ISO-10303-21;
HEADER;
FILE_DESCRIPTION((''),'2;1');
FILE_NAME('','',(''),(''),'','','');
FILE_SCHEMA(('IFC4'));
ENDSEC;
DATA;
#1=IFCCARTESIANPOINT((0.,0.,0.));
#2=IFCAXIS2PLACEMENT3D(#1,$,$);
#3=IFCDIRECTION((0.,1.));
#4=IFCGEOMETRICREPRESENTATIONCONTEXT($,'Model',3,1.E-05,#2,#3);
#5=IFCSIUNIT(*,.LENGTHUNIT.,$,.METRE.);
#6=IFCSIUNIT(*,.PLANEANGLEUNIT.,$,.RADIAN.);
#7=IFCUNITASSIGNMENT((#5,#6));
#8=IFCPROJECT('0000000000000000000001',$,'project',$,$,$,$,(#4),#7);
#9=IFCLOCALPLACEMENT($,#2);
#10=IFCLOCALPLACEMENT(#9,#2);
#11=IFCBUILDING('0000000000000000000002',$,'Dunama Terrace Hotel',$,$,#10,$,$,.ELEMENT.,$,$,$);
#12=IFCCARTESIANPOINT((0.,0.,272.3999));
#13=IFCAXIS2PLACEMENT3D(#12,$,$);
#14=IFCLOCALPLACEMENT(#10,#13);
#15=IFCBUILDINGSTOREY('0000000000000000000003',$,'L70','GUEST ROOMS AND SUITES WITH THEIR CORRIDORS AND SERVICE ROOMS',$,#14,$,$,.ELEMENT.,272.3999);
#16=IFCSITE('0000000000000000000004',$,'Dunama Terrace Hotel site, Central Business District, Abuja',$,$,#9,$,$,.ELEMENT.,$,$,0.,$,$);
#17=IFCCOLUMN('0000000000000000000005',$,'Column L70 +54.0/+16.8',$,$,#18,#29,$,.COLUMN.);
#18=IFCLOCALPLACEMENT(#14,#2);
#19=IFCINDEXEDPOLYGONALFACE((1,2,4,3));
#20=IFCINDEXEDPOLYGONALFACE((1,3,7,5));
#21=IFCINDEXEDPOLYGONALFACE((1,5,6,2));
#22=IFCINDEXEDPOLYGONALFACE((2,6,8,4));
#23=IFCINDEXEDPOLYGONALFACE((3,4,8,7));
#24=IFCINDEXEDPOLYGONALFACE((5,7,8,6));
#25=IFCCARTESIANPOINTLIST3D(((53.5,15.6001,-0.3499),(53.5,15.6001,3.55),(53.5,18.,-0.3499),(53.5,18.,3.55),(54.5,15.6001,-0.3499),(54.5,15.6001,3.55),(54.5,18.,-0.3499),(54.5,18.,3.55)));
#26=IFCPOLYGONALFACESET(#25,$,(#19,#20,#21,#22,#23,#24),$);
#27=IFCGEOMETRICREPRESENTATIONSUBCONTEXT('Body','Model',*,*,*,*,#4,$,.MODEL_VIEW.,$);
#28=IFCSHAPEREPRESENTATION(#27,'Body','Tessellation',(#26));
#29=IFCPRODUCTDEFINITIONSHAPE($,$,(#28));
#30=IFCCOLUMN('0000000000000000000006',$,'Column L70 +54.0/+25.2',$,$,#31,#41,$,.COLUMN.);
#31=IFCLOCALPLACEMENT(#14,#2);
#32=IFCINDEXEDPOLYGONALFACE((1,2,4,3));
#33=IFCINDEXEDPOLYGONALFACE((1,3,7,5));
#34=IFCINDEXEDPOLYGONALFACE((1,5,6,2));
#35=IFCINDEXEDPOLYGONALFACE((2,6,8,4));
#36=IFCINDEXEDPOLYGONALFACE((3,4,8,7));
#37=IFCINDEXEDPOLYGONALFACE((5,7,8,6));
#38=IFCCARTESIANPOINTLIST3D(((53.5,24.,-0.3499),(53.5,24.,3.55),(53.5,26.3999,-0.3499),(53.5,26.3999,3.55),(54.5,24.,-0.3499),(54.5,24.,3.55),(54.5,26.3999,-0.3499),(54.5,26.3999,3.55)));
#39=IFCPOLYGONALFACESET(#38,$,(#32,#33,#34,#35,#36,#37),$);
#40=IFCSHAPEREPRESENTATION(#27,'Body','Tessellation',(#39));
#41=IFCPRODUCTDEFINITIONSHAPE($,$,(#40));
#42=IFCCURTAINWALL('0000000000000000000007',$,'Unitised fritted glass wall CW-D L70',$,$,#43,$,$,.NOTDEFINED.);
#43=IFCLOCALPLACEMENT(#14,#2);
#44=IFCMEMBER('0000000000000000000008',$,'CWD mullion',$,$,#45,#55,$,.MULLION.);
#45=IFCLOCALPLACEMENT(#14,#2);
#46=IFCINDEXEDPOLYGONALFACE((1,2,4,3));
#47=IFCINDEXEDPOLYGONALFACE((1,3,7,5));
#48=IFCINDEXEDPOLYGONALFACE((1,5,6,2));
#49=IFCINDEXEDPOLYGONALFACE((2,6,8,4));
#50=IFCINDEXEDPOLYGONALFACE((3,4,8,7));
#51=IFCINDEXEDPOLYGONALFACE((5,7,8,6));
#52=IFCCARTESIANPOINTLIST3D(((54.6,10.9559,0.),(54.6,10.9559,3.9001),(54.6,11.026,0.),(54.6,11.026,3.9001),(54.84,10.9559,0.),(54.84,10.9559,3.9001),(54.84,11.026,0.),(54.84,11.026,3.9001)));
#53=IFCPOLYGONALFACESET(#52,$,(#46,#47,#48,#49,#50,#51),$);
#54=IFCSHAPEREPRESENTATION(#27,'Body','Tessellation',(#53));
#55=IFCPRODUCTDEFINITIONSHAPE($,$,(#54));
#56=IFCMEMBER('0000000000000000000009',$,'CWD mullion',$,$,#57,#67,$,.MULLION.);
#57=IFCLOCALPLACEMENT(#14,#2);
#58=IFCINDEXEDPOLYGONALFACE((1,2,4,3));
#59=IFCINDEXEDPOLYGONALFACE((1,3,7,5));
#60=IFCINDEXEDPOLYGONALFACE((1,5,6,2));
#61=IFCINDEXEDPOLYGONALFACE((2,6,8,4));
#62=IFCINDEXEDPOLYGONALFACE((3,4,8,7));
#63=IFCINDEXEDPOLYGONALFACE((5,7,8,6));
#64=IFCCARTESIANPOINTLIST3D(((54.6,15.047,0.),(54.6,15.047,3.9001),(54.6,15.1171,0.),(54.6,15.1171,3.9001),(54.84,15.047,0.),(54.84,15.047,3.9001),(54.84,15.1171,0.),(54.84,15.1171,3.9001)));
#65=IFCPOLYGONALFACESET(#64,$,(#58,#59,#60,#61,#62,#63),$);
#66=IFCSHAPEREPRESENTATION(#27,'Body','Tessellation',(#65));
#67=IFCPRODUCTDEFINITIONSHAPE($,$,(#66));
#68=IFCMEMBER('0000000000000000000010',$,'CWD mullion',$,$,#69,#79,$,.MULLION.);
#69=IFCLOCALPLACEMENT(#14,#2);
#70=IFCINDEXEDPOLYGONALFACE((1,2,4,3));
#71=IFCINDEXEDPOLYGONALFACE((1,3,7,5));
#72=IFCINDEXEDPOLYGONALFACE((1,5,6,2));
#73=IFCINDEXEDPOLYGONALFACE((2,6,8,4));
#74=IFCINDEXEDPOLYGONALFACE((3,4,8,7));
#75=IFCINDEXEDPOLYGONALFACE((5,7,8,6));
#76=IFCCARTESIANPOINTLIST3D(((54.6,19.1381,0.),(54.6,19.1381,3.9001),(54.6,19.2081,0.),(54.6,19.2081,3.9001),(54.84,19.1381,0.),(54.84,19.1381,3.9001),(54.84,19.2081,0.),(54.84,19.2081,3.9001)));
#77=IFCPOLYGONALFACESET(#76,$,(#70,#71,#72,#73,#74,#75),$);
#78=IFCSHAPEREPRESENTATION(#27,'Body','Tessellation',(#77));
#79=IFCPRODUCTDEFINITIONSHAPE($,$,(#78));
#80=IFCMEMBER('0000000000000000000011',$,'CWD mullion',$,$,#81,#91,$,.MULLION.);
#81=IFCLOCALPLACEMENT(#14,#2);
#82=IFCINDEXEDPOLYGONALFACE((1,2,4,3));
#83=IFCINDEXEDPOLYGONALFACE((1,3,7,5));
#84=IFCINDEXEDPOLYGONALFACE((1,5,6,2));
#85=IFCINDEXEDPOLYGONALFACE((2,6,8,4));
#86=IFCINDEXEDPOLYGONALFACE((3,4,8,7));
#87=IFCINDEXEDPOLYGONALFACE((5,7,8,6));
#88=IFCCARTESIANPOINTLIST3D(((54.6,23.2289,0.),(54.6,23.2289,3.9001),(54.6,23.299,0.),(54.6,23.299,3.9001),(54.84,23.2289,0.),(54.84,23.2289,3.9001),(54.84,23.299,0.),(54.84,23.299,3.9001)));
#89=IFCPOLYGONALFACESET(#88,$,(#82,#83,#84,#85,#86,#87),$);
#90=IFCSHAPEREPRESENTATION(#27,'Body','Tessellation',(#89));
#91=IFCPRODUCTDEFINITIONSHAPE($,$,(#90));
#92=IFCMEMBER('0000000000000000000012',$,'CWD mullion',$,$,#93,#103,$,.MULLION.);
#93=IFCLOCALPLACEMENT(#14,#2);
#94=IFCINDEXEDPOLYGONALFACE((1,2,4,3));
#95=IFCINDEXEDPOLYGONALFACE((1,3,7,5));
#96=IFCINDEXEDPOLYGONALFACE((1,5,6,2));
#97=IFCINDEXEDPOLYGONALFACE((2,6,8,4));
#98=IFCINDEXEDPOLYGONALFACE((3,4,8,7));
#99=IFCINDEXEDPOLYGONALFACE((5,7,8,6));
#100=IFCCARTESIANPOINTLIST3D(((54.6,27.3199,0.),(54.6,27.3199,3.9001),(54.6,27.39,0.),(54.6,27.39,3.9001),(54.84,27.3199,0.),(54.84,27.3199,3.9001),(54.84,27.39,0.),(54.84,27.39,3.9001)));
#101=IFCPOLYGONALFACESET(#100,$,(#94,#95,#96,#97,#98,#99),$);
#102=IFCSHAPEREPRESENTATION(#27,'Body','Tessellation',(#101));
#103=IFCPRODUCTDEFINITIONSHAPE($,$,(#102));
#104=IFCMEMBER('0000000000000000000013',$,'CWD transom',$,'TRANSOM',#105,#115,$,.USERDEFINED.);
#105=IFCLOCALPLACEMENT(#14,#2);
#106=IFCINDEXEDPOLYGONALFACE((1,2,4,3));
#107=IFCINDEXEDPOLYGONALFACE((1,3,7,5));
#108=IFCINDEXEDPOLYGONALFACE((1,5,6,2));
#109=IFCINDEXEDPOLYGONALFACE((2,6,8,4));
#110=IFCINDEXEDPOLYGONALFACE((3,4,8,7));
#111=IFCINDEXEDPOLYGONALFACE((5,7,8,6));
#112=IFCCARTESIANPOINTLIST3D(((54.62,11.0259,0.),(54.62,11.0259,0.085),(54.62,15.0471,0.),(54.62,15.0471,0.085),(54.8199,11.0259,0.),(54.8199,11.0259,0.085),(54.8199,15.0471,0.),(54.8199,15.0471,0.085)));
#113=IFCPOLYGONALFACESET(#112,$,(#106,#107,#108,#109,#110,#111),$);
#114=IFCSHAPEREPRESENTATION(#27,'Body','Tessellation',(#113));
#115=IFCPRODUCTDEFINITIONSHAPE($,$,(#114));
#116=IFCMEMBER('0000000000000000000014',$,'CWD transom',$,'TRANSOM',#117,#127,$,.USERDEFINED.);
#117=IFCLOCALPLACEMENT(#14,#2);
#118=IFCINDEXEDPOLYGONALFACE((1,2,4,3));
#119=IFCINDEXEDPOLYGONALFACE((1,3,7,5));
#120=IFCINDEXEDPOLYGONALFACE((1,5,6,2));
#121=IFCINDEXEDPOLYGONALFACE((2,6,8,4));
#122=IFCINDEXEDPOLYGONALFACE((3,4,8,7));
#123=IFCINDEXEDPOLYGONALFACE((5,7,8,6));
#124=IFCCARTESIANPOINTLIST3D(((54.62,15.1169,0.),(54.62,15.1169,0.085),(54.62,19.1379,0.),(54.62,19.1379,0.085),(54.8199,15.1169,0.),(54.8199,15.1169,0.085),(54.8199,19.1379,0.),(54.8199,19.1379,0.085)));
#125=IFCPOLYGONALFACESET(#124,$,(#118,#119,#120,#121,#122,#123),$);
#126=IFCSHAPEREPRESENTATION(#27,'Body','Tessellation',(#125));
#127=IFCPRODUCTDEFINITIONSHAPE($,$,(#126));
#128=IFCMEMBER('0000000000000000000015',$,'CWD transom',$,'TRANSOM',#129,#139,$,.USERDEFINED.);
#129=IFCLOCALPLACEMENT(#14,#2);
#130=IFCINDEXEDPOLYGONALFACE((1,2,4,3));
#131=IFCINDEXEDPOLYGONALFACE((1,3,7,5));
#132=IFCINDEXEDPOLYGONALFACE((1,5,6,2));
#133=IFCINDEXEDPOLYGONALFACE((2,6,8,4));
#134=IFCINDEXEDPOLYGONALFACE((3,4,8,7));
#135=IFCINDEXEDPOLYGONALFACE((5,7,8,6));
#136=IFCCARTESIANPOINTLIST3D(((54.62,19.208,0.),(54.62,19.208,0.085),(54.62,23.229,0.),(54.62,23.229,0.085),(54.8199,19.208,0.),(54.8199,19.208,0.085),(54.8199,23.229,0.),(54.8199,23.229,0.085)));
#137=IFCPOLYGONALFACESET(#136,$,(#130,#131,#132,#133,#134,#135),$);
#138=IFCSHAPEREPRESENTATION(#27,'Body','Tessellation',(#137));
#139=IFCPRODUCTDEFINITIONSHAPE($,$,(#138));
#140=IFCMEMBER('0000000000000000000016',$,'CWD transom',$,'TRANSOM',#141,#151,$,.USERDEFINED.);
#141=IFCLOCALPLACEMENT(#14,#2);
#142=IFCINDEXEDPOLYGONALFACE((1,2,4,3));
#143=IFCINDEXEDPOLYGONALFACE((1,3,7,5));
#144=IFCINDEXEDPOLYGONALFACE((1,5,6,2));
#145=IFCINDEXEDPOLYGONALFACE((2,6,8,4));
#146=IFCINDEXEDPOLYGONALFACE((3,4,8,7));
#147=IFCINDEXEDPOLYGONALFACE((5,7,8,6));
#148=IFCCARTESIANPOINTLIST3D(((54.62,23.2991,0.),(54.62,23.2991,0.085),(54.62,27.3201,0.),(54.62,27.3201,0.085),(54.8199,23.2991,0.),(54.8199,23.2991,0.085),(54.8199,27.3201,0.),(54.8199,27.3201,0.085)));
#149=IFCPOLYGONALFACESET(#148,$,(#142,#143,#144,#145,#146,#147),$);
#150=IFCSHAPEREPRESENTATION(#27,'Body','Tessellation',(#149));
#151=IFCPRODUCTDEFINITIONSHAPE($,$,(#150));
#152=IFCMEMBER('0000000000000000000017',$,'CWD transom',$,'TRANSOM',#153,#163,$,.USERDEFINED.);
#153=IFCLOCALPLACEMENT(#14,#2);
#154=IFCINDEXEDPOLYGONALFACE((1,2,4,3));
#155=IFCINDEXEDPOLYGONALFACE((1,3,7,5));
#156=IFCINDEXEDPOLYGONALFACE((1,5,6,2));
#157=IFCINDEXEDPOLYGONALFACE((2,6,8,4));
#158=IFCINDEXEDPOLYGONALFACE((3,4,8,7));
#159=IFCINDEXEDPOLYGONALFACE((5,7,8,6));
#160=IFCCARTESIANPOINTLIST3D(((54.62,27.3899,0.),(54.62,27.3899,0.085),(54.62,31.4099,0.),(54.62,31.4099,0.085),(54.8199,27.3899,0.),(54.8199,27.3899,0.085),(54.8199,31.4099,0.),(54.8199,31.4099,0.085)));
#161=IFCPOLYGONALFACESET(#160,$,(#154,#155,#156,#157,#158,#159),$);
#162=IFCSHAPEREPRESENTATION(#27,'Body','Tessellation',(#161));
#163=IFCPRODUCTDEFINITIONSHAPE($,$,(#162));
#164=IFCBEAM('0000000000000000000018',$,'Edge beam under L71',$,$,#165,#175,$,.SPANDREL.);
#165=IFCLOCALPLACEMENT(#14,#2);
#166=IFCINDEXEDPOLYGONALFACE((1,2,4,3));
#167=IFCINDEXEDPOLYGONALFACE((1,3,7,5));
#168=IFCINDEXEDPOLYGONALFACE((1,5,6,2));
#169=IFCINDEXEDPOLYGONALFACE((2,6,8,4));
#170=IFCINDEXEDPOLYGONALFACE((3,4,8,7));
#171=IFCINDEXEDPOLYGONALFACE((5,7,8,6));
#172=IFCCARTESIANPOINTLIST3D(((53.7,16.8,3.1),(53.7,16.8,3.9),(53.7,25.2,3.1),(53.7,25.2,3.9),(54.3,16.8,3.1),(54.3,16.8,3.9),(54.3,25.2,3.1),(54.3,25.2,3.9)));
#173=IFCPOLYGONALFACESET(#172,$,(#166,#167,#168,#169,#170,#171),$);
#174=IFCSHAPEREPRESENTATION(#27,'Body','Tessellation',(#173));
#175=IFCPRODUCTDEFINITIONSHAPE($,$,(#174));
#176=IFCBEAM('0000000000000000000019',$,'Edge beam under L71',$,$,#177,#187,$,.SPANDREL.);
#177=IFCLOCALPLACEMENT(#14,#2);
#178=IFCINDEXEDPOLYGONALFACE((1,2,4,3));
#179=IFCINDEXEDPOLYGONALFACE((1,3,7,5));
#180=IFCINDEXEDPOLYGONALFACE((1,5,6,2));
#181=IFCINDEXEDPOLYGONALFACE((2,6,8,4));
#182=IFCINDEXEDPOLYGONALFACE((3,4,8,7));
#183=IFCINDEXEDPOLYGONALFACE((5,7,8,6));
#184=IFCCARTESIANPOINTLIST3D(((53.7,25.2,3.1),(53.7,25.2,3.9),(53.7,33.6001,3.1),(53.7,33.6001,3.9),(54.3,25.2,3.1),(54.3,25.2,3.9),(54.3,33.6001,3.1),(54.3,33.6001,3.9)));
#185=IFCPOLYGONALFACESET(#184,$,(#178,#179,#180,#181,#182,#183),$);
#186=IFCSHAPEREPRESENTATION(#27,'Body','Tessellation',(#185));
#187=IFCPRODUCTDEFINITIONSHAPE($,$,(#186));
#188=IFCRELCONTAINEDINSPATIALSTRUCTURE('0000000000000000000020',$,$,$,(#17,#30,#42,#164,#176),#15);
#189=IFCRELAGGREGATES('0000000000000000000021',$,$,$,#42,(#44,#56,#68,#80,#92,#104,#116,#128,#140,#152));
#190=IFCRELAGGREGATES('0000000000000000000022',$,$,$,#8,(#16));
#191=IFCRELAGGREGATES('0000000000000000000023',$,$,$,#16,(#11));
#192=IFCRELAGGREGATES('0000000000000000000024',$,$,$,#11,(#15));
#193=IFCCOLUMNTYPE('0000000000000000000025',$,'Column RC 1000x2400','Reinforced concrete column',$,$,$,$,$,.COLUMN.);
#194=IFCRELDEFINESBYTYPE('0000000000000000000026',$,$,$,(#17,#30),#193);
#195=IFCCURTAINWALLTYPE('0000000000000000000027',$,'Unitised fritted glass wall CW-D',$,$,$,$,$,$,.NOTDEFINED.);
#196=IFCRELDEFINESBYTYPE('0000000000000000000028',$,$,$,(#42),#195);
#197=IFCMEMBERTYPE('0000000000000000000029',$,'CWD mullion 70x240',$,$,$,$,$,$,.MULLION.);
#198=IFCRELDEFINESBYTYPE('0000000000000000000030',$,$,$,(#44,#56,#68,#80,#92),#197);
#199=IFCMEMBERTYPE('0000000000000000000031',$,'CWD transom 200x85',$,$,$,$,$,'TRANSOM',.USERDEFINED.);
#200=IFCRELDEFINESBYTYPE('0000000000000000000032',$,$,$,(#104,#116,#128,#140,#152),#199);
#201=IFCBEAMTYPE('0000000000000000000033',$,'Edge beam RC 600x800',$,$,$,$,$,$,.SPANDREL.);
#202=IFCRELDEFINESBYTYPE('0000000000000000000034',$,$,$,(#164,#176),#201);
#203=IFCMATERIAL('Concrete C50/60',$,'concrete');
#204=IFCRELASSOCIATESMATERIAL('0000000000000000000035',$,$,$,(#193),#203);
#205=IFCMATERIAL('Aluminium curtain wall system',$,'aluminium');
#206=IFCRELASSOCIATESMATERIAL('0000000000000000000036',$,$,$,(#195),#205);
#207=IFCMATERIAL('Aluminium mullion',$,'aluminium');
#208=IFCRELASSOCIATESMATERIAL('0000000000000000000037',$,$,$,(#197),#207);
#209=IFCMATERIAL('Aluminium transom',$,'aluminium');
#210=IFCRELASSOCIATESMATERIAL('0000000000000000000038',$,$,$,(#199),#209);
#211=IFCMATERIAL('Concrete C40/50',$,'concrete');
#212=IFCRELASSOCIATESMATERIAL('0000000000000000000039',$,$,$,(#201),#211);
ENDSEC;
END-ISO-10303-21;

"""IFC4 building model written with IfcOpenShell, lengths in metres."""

from ifc_helpers import new_model, si_unit, direction, frame, origin, origin_2d, place, context, subcontext, project, spatial, rectangle, extrude, material, material_profile, profile_set, type_object, element, aggregate, save


model = new_model("IFC4")

# Units and contexts
model_context = context("Model", 3, precision=1e-05, world=origin(), true_north=direction((0.0, 1.0)))
body_context = subcontext(model_context, "Body", "Model", "MODEL_VIEW")
ifc_project = project(units=[si_unit("LENGTHUNIT", "METRE"), si_unit("PLANEANGLEUNIT", "RADIAN")], contexts=[model_context])

# Site, building, storey
site_placement = place(None, origin())
site = spatial("IfcSite", under=ifc_project, at=site_placement, Name="Dunama Terrace Hotel site, Central Business District, Abuja", CompositionType="ELEMENT", RefElevation=0.0)
building_placement = place(site_placement, origin())
building = spatial("IfcBuilding", under=site, at=building_placement, Name="Dunama Terrace Hotel", CompositionType="ELEMENT")
storey_placement = place(building_placement, frame((0.0, 0.0, 272.3999)))
storey = spatial("IfcBuildingStorey", under=building, at=storey_placement, Name="L70", Description="GUEST ROOMS AND SUITES WITH THEIR CORRIDORS AND SERVICE ROOMS", CompositionType="ELEMENT", Elevation=272.3999)

# Columns
ifc_material_1 = material(Name="Concrete C50/60", Category="concrete")
ifc_material_profile_1 = material_profile(ifc_material_1, rectangle(XDim=1.0, YDim=2.3999, at=origin_2d()), Name="RC 1000x2400")
ifc_profile_set_1 = profile_set([ifc_material_profile_1], Name="Concrete C50/60")
column_type = type_object("IfcColumnType", Name="Column RC 1000x2400", Description="Reinforced concrete column", PredefinedType="COLUMN", material=ifc_profile_set_1)
for number, where, z_axis, x_axis, name in (
    (1, (54.0, 16.8, -0.3499), (0.0, 0.0, 1.0), (1.0, 0.0, 0.0), "Column L70 +54.0/+16.8"),
    (2, (54.0, 25.2, -0.3499), (0.0, 0.0, 1.0), (1.0, 0.0, 0.0), "Column L70 +54.0/+25.2"),
):
    element("IfcColumn", number, at=place(storey_placement, frame(where, z_axis=z_axis, x_axis=x_axis)), inside=storey, type_object=column_type, Name=name, PredefinedType="COLUMN", context=body_context, shape_type="SweptSolid", body=[
        extrude(rectangle(XDim=1.0, YDim=2.3999, at=origin_2d()), origin(), (0.0, 0.0, 1.0), 3.8999),
    ])

# Curtain wall, members
ifc_material_2 = material(Name="Aluminium curtain wall system", Category="aluminium")
curtain_wall_type = type_object("IfcCurtainWallType", Name="Unitised fritted glass wall CW-D", PredefinedType="NOTDEFINED", material=ifc_material_2)
curtain_wall_placement = place(storey_placement, origin())
curtain_wall = element("IfcCurtainWall", 3, at=curtain_wall_placement, inside=storey, type_object=curtain_wall_type, Name="Unitised fritted glass wall CW-D L70", PredefinedType="NOTDEFINED")
ifc_material_3 = material(Name="Aluminium mullion", Category="aluminium")
ifc_material_profile_2 = material_profile(ifc_material_3, rectangle(XDim=0.0701, YDim=0.24, at=origin_2d()), Name="CWD MULLION 70X240")
ifc_profile_set_2 = profile_set([ifc_material_profile_2], Name="Aluminium mullion")
member_type_1 = type_object("IfcMemberType", Name="CWD mullion 70x240", PredefinedType="MULLION", material=ifc_profile_set_2)
member_1_placement = place(storey_placement, frame((54.72, 10.991, 0.0), z_axis=(0.0, 0.0, 1.0), x_axis=(0.0, 1.0, 0.0)))
member_1 = element("IfcMember", 4, at=member_1_placement, type_object=member_type_1, Name="CWD mullion", PredefinedType="MULLION", context=body_context, shape_type="SweptSolid", body=[
    extrude(rectangle(XDim=0.0701, YDim=0.24, at=origin_2d()), origin(), (0.0, 0.0, 1.0), 3.9001),
])
member_2_placement = place(storey_placement, frame((54.72, 15.082, 0.0), z_axis=(0.0, 0.0, 1.0), x_axis=(0.0, 1.0, 0.0)))
member_2 = element("IfcMember", 5, at=member_2_placement, type_object=member_type_1, Name="CWD mullion", PredefinedType="MULLION", context=body_context, shape_type="SweptSolid", body=[
    extrude(rectangle(XDim=0.0701, YDim=0.24, at=origin_2d()), origin(), (0.0, 0.0, 1.0), 3.9001),
])
member_3_placement = place(storey_placement, frame((54.72, 19.1731, 0.0), z_axis=(0.0, 0.0, 1.0), x_axis=(0.0, 1.0, 0.0)))
member_3 = element("IfcMember", 6, at=member_3_placement, type_object=member_type_1, Name="CWD mullion", PredefinedType="MULLION", context=body_context, shape_type="SweptSolid", body=[
    extrude(rectangle(XDim=0.0701, YDim=0.24, at=origin_2d()), origin(), (0.0, 0.0, 1.0), 3.9001),
])
member_4_placement = place(storey_placement, frame((54.72, 23.2639, 0.0), z_axis=(0.0, 0.0, 1.0), x_axis=(0.0, 1.0, 0.0)))
member_4 = element("IfcMember", 7, at=member_4_placement, type_object=member_type_1, Name="CWD mullion", PredefinedType="MULLION", context=body_context, shape_type="SweptSolid", body=[
    extrude(rectangle(XDim=0.0701, YDim=0.24, at=origin_2d()), origin(), (0.0, 0.0, 1.0), 3.9001),
])
member_5_placement = place(storey_placement, frame((54.72, 27.355, 0.0), z_axis=(0.0, 0.0, 1.0), x_axis=(0.0, 1.0, 0.0)))
member_5 = element("IfcMember", 8, at=member_5_placement, type_object=member_type_1, Name="CWD mullion", PredefinedType="MULLION", context=body_context, shape_type="SweptSolid", body=[
    extrude(rectangle(XDim=0.0701, YDim=0.24, at=origin_2d()), origin(), (0.0, 0.0, 1.0), 3.9001),
])
ifc_material_4 = material(Name="Aluminium transom", Category="aluminium")
ifc_material_profile_3 = material_profile(ifc_material_4, rectangle(XDim=0.2, YDim=0.085, at=origin_2d()), Name="CWD TRANSOM 200X85")
ifc_profile_set_3 = profile_set([ifc_material_profile_3], Name="Aluminium transom")
member_type_2 = type_object("IfcMemberType", Name="CWD transom 200x85", ElementType="TRANSOM", PredefinedType="USERDEFINED", material=ifc_profile_set_3)
member_6_placement = place(storey_placement, frame((54.72, 11.0259, 0.0425), z_axis=(0.0, 1.0, 0.0), x_axis=(-1.0, 0.0, 0.0)))
member_6 = element("IfcMember", 9, at=member_6_placement, type_object=member_type_2, Name="CWD transom", ObjectType="TRANSOM", PredefinedType="USERDEFINED", context=body_context, shape_type="SweptSolid", body=[
    extrude(rectangle(XDim=0.2, YDim=0.085, at=origin_2d()), origin(), (0.0, 0.0, 1.0), 4.0212),
])
member_7_placement = place(storey_placement, frame((54.72, 15.1169, 0.0425), z_axis=(0.0, 1.0, 0.0), x_axis=(-1.0, 0.0, 0.0)))
member_7 = element("IfcMember", 10, at=member_7_placement, type_object=member_type_2, Name="CWD transom", ObjectType="TRANSOM", PredefinedType="USERDEFINED", context=body_context, shape_type="SweptSolid", body=[
    extrude(rectangle(XDim=0.2, YDim=0.085, at=origin_2d()), origin(), (0.0, 0.0, 1.0), 4.021),
])
member_8_placement = place(storey_placement, frame((54.72, 19.208, 0.0425), z_axis=(0.0, 1.0, 0.0), x_axis=(-1.0, 0.0, 0.0)))
member_8 = element("IfcMember", 11, at=member_8_placement, type_object=member_type_2, Name="CWD transom", ObjectType="TRANSOM", PredefinedType="USERDEFINED", context=body_context, shape_type="SweptSolid", body=[
    extrude(rectangle(XDim=0.2, YDim=0.085, at=origin_2d()), origin(), (0.0, 0.0, 1.0), 4.021),
])
member_9_placement = place(storey_placement, frame((54.72, 23.2991, 0.0425), z_axis=(0.0, 1.0, 0.0), x_axis=(-1.0, 0.0, 0.0)))
member_9 = element("IfcMember", 12, at=member_9_placement, type_object=member_type_2, Name="CWD transom", ObjectType="TRANSOM", PredefinedType="USERDEFINED", context=body_context, shape_type="SweptSolid", body=[
    extrude(rectangle(XDim=0.2, YDim=0.085, at=origin_2d()), origin(), (0.0, 0.0, 1.0), 4.021),
])
member_10_placement = place(storey_placement, frame((54.72, 27.3899, 0.0425), z_axis=(0.0, 1.0, 0.0), x_axis=(-1.0, 0.0, 0.0)))
member_10 = element("IfcMember", 13, at=member_10_placement, type_object=member_type_2, Name="CWD transom", ObjectType="TRANSOM", PredefinedType="USERDEFINED", context=body_context, shape_type="SweptSolid", body=[
    extrude(rectangle(XDim=0.2, YDim=0.085, at=origin_2d()), origin(), (0.0, 0.0, 1.0), 4.02),
])

# Beams
ifc_material_5 = material(Name="Concrete C40/50", Category="concrete")
ifc_material_profile_4 = material_profile(ifc_material_5, rectangle(XDim=0.6001, YDim=0.8, at=origin_2d()), Name="RC 600x800")
ifc_profile_set_4 = profile_set([ifc_material_profile_4], Name="Concrete C40/50")
beam_type = type_object("IfcBeamType", Name="Edge beam RC 600x800", PredefinedType="SPANDREL", material=ifc_profile_set_4)
beam_1_placement = place(storey_placement, frame((54.0, 16.8, 3.5), z_axis=(0.0, 1.0, 0.0), x_axis=(-1.0, 0.0, 0.0)))
element("IfcBeam", 14, at=beam_1_placement, inside=storey, type_object=beam_type, Name="Edge beam under L71", PredefinedType="SPANDREL", context=body_context, shape_type="SweptSolid", body=[
    extrude(rectangle(XDim=0.6001, YDim=0.8, at=origin_2d()), origin(), (0.0, 0.0, 1.0), 8.3999),
])
beam_2_placement = place(storey_placement, frame((54.0, 25.2, 3.5), z_axis=(0.0, 1.0, 0.0), x_axis=(-1.0, 0.0, 0.0)))
element("IfcBeam", 15, at=beam_2_placement, inside=storey, type_object=beam_type, Name="Edge beam under L71", PredefinedType="SPANDREL", context=body_context, shape_type="SweptSolid", body=[
    extrude(rectangle(XDim=0.6001, YDim=0.8, at=origin_2d()), origin(), (0.0, 0.0, 1.0), 8.4001),
])

aggregate(curtain_wall, [member_1, member_2, member_3, member_4, member_5, member_6, member_7, member_8, member_9, member_10])

save(model, "model.ifc")
